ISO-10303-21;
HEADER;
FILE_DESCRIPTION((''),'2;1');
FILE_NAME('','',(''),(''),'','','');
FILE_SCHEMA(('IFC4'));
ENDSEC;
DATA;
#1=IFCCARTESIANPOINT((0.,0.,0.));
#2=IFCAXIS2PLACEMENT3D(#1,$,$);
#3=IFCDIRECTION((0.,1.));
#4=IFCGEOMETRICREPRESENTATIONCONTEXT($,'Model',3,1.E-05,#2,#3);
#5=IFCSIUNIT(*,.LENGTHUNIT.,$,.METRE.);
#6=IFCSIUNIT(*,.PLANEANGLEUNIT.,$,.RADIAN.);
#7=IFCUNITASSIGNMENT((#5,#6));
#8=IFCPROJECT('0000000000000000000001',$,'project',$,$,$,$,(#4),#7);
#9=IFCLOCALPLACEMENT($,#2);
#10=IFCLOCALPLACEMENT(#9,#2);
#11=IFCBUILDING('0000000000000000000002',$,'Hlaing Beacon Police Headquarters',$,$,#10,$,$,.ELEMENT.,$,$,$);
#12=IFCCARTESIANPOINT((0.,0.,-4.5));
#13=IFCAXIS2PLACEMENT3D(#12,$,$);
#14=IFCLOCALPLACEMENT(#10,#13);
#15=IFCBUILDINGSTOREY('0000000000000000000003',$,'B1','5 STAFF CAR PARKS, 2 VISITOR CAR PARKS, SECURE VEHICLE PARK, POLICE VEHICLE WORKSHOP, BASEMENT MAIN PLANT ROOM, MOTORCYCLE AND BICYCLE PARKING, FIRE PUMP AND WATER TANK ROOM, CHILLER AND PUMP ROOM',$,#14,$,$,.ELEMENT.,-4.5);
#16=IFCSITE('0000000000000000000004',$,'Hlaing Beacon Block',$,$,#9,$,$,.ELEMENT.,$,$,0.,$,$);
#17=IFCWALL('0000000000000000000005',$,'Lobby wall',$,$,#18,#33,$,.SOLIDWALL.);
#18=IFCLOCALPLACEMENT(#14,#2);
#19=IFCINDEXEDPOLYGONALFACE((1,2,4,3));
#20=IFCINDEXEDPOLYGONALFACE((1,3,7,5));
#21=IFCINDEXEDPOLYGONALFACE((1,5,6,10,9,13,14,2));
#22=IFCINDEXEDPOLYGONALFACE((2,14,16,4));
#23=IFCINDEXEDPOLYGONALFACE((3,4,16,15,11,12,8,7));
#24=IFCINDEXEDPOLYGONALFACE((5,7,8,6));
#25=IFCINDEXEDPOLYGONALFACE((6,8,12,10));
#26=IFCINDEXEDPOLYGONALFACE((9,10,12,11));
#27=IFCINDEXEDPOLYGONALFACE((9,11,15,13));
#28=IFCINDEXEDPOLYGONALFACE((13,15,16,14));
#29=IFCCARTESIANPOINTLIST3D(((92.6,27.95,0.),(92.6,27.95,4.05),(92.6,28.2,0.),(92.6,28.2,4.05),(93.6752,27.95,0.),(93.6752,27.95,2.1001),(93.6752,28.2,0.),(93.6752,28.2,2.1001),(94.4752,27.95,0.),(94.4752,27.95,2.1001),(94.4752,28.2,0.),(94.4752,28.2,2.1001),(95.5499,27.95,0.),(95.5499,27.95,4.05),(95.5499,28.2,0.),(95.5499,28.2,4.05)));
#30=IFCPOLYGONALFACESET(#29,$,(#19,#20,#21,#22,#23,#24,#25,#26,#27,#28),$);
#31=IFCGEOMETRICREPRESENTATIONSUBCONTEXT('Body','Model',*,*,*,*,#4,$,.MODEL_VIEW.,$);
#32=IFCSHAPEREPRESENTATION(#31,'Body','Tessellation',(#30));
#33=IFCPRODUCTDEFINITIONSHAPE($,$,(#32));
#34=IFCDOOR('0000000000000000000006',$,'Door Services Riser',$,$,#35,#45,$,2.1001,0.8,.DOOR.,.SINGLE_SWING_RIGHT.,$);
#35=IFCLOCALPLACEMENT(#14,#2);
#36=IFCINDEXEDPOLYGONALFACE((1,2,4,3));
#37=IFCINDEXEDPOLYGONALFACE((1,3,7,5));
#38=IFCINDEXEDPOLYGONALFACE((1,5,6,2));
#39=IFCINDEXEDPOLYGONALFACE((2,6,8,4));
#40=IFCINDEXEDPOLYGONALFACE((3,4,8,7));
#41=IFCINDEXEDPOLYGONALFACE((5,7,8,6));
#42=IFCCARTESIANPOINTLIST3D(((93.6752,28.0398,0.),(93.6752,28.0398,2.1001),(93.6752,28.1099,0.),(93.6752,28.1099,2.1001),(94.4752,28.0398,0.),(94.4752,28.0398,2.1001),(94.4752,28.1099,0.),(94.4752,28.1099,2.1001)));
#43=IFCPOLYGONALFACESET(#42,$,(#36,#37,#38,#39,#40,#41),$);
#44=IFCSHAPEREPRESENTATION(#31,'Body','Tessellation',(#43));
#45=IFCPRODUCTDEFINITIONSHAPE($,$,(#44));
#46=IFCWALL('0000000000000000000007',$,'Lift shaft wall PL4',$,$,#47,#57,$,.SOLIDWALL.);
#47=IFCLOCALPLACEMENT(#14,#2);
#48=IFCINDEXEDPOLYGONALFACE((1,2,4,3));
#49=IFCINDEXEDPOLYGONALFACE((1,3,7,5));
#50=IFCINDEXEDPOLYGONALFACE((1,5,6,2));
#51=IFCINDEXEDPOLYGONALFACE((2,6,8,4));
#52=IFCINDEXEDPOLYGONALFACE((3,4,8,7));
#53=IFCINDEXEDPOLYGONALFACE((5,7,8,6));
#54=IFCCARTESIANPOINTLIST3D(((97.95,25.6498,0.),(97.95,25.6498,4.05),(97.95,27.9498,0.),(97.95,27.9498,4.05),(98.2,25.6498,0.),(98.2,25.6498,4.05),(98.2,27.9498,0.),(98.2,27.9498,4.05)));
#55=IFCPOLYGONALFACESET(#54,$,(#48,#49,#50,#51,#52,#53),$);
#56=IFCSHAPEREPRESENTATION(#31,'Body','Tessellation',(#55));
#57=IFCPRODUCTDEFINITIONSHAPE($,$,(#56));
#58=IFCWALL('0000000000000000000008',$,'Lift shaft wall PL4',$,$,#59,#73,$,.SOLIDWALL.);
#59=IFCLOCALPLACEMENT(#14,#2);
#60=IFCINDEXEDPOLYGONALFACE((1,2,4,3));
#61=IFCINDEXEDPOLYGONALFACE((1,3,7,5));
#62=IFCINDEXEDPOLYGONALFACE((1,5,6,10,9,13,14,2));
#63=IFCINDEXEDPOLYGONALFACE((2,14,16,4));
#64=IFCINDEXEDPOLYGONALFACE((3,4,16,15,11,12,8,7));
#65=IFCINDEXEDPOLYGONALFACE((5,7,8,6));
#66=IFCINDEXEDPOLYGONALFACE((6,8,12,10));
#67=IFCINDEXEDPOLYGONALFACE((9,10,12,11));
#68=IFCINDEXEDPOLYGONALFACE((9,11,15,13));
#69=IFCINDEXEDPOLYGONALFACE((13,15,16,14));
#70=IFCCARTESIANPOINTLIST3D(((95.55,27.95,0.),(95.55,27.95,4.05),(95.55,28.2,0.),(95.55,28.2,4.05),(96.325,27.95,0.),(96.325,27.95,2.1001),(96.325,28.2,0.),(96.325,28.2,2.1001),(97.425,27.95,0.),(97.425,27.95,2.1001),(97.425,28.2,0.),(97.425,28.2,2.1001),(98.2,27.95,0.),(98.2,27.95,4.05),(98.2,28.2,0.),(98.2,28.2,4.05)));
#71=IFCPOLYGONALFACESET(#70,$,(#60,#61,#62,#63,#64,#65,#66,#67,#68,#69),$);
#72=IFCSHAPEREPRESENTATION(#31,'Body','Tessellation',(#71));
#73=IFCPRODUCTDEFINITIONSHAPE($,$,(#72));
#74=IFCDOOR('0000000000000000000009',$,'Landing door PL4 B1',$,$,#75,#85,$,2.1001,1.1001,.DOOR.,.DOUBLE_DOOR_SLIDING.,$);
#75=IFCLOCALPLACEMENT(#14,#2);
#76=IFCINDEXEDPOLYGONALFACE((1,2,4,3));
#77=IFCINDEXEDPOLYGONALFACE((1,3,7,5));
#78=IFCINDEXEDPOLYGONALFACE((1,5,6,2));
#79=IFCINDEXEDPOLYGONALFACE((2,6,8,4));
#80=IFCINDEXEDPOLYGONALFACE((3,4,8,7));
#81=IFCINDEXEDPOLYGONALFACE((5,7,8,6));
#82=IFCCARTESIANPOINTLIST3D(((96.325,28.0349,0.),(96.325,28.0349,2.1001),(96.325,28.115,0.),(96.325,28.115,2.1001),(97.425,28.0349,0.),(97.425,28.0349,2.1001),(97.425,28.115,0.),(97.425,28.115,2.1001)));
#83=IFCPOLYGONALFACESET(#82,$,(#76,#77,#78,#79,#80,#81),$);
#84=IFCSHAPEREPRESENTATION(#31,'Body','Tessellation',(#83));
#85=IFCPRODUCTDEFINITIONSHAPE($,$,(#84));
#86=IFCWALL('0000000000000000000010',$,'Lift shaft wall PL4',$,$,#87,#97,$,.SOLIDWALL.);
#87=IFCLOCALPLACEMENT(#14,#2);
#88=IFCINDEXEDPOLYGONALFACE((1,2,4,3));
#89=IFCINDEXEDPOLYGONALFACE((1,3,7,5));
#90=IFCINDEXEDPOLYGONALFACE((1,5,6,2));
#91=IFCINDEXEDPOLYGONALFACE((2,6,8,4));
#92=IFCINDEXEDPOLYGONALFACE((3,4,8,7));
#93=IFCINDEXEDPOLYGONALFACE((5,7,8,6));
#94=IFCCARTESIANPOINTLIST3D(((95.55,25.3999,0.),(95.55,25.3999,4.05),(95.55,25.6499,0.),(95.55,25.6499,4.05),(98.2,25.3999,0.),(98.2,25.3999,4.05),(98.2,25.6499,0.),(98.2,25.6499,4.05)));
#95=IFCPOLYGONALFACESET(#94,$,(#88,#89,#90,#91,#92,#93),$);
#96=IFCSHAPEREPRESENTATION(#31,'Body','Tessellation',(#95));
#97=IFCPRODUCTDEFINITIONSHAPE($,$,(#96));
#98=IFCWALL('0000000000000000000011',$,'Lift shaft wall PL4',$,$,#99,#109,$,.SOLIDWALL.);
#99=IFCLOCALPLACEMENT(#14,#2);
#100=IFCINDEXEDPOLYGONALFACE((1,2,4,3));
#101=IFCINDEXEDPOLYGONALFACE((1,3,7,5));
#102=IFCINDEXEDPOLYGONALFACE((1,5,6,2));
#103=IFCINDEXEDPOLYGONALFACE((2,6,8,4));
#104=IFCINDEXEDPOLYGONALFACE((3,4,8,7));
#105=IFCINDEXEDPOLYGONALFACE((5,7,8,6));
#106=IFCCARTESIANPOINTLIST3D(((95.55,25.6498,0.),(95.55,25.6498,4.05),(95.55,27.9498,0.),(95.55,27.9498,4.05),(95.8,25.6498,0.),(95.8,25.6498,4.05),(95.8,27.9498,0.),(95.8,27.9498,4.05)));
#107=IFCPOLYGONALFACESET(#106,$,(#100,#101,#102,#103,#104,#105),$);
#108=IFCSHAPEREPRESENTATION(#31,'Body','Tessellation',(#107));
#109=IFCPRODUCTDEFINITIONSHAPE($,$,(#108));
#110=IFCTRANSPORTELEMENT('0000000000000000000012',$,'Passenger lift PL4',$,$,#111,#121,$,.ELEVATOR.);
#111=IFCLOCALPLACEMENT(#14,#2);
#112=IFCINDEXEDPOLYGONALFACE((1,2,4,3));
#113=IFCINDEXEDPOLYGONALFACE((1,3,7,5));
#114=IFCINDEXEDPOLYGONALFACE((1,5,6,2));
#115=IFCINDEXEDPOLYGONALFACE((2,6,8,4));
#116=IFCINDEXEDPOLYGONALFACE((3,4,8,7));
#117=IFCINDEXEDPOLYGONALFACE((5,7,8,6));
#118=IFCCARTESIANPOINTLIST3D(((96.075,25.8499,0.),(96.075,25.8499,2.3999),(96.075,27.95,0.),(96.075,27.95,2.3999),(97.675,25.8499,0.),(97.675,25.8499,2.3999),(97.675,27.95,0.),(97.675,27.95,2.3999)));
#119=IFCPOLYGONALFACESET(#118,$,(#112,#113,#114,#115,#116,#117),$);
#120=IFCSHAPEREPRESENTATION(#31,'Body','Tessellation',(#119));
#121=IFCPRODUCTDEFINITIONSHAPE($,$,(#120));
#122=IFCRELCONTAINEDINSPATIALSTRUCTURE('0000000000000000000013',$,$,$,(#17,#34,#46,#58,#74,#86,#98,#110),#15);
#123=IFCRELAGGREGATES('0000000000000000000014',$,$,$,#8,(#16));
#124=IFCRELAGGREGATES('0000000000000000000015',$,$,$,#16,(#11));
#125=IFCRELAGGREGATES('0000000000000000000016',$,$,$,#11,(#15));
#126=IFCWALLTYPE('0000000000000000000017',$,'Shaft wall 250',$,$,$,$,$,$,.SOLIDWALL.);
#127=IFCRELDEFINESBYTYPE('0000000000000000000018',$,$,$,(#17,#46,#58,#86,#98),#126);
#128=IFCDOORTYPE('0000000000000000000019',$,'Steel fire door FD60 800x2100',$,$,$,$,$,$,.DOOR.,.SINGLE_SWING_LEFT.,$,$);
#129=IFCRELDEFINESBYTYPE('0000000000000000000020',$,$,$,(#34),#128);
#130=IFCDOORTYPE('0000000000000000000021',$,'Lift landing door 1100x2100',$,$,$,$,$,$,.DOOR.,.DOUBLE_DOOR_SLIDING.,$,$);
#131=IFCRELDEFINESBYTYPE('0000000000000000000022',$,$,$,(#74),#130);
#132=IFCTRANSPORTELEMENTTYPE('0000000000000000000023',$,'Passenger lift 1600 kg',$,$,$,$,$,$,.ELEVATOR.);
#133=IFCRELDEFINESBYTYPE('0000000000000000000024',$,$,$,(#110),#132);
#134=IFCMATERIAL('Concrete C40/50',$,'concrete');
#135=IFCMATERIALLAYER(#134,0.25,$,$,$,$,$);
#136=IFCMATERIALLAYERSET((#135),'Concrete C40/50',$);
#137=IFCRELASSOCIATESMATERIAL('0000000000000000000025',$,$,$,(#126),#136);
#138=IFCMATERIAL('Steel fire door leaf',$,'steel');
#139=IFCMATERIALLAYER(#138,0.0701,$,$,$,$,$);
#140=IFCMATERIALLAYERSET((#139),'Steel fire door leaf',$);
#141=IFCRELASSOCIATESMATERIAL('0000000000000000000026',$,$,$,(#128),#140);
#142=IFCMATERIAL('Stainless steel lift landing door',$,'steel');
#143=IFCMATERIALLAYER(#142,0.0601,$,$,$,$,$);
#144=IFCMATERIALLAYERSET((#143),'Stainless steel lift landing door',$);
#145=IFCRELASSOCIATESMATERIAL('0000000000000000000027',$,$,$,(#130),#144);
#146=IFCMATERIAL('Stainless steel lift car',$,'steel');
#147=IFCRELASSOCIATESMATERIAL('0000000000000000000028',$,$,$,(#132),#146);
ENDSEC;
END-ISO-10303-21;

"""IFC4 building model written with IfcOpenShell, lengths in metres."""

from ifc_helpers import new_model, si_unit, direction, frame, frame_2d, origin, origin_2d, place, context, subcontext, project, spatial, rectangle, extrude, material, layer, layer_set, type_object, element, fill, save


model = new_model("IFC4")

# Units and contexts
model_context = context("Model", 3, precision=1e-05, world=origin(), true_north=direction((0.0, 1.0)))
body_context = subcontext(model_context, "Body", "Model", "MODEL_VIEW")
ifc_project = project(units=[si_unit("LENGTHUNIT", "METRE"), si_unit("PLANEANGLEUNIT", "RADIAN")], contexts=[model_context])

# Site, building, storey
site_placement = place(None, origin())
site = spatial("IfcSite", under=ifc_project, at=site_placement, Name="Hlaing Beacon Block", CompositionType="ELEMENT", RefElevation=0.0)
building_placement = place(site_placement, origin())
building = spatial("IfcBuilding", under=site, at=building_placement, Name="Hlaing Beacon Police Headquarters", CompositionType="ELEMENT")
storey_placement = place(building_placement, frame((0.0, 0.0, -4.5)))
storey = spatial("IfcBuildingStorey", under=building, at=storey_placement, Name="B1", Description="5 STAFF CAR PARKS, 2 VISITOR CAR PARKS, SECURE VEHICLE PARK, POLICE VEHICLE WORKSHOP, BASEMENT MAIN PLANT ROOM, MOTORCYCLE AND BICYCLE PARKING, FIRE PUMP AND WATER TANK ROOM, CHILLER AND PUMP ROOM", CompositionType="ELEMENT", Elevation=-4.5)

# Wall, opening, door
ifc_material_1 = material(Name="Concrete C40/50", Category="concrete")
ifc_layer_1 = layer(ifc_material_1, 0.25)
ifc_layer_set_1 = layer_set([ifc_layer_1], Name="Concrete C40/50")
wall_type_1 = type_object("IfcWallType", Name="Shaft wall 250", PredefinedType="SOLIDWALL", material=ifc_layer_set_1)
wall_1_placement = place(storey_placement, frame((95.55, 28.075, 0.0), z_axis=(0.0, 0.0, 1.0), x_axis=(-1.0, 0.0, 0.0)))
wall_1 = element("IfcWall", 1, at=wall_1_placement, inside=storey, type_object=wall_type_1, Name="Lobby wall", PredefinedType="SOLIDWALL", context=body_context, shape_type="SweptSolid", body=[
    extrude(rectangle(XDim=2.95, YDim=0.25, at=frame_2d((1.4751, 0.0))), origin(), (0.0, 0.0, 1.0), 4.05),
])
opening_1_placement = place(wall_1_placement, frame((1.075, 0.0, 0.0)))
opening_1 = element("IfcOpeningElement", 2, at=opening_1_placement, cuts=wall_1, PredefinedType="OPENING", context=body_context, shape_type="SweptSolid", body=[
    extrude(rectangle(XDim=0.8, YDim=2.1001, at=frame_2d((0.3999, 1.05))), frame((0.0, 0.135, 0.0), z_axis=(0.0, -1.0, 0.0), x_axis=(1.0, 0.0, 0.0)), (0.0, 0.0, 1.0), 0.27),
])
ifc_material_2 = material(Name="Steel fire door leaf", Category="steel")
ifc_layer_2 = layer(ifc_material_2, 0.0701)
ifc_layer_set_2 = layer_set([ifc_layer_2], Name="Steel fire door leaf")
door_type_1 = type_object("IfcDoorType", Name="Steel fire door FD60 800x2100", OperationType="SINGLE_SWING_LEFT", PredefinedType="DOOR", material=ifc_layer_set_2)
door_1_placement = place(opening_1_placement, origin())
door_1 = element("IfcDoor", 3, at=door_1_placement, inside=storey, type_object=door_type_1, Name="Door Services Riser", OperationType="SINGLE_SWING_RIGHT", OverallHeight=2.1001, OverallWidth=0.8, PredefinedType="DOOR", context=body_context, shape_type="SweptSolid", body=[
    extrude(rectangle(XDim=0.8, YDim=2.1001, at=frame_2d((0.3999, 1.05))), frame((0.0, 0.0352, 0.0), z_axis=(0.0, -1.0, 0.0), x_axis=(1.0, 0.0, 0.0)), (0.0, 0.0, 1.0), 0.0701),
])
fill(opening_1, door_1)

# Wall
wall_2_placement = place(storey_placement, frame((98.075, 25.6499, 0.0), z_axis=(0.0, 0.0, 1.0), x_axis=(0.0, 1.0, 0.0)))
element("IfcWall", 4, at=wall_2_placement, inside=storey, type_object=wall_type_1, Name="Lift shaft wall PL4", PredefinedType="SOLIDWALL", context=body_context, shape_type="SweptSolid", body=[
    extrude(rectangle(XDim=2.3, YDim=0.25, at=frame_2d((1.1499, 0.0))), origin(), (0.0, 0.0, 1.0), 4.05),
])

# Wall, opening, door
wall_3_placement = place(storey_placement, frame((95.55, 28.075, 0.0), z_axis=(0.0, 0.0, 1.0), x_axis=(1.0, 0.0, 0.0)))
wall_3 = element("IfcWall", 5, at=wall_3_placement, inside=storey, type_object=wall_type_1, Name="Lift shaft wall PL4", PredefinedType="SOLIDWALL", context=body_context, shape_type="SweptSolid", body=[
    extrude(rectangle(XDim=2.6499, YDim=0.25, at=frame_2d((1.325, 0.0))), origin(), (0.0, 0.0, 1.0), 4.05),
])
opening_2_placement = place(wall_3_placement, frame((0.7749, 0.0, 0.0)))
opening_2 = element("IfcOpeningElement", 6, at=opening_2_placement, cuts=wall_3, PredefinedType="OPENING", context=body_context, shape_type="SweptSolid", body=[
    extrude(rectangle(XDim=1.1001, YDim=2.1001, at=frame_2d((0.55, 1.05))), frame((0.0, 0.135, 0.0), z_axis=(0.0, -1.0, 0.0), x_axis=(1.0, 0.0, 0.0)), (0.0, 0.0, 1.0), 0.27),
])
ifc_material_3 = material(Name="Stainless steel lift landing door", Category="steel")
ifc_layer_3 = layer(ifc_material_3, 0.0601)
ifc_layer_set_3 = layer_set([ifc_layer_3], Name="Stainless steel lift landing door")
door_type_2 = type_object("IfcDoorType", Name="Lift landing door 1100x2100", OperationType="DOUBLE_DOOR_SLIDING", PredefinedType="DOOR", material=ifc_layer_set_3)
door_2_placement = place(opening_2_placement, origin())
door_2 = element("IfcDoor", 7, at=door_2_placement, inside=storey, type_object=door_type_2, Name="Landing door PL4 B1", OperationType="DOUBLE_DOOR_SLIDING", OverallHeight=2.1001, OverallWidth=1.1001, PredefinedType="DOOR", context=body_context, shape_type="SweptSolid", body=[
    extrude(rectangle(XDim=1.1001, YDim=2.1001, at=frame_2d((0.55, 1.05))), frame((0.0, 0.04, 0.0), z_axis=(0.0, -1.0, 0.0), x_axis=(1.0, 0.0, 0.0)), (0.0, 0.0, 1.0), 0.0801),
])
fill(opening_2, door_2)

# Walls
wall_4_placement = place(storey_placement, frame((95.55, 25.5249, 0.0), z_axis=(0.0, 0.0, 1.0), x_axis=(1.0, 0.0, 0.0)))
element("IfcWall", 8, at=wall_4_placement, inside=storey, type_object=wall_type_1, Name="Lift shaft wall PL4", PredefinedType="SOLIDWALL", context=body_context, shape_type="SweptSolid", body=[
    extrude(rectangle(XDim=2.6499, YDim=0.25, at=frame_2d((1.325, 0.0))), origin(), (0.0, 0.0, 1.0), 4.05),
])
wall_5_placement = place(storey_placement, frame((95.675, 25.6499, 0.0), z_axis=(0.0, 0.0, 1.0), x_axis=(0.0, 1.0, 0.0)))
element("IfcWall", 9, at=wall_5_placement, inside=storey, type_object=wall_type_1, Name="Lift shaft wall PL4", PredefinedType="SOLIDWALL", context=body_context, shape_type="SweptSolid", body=[
    extrude(rectangle(XDim=2.3, YDim=0.25, at=frame_2d((1.1499, 0.0))), origin(), (0.0, 0.0, 1.0), 4.05),
])

# Transport element
ifc_material_4 = material(Name="Stainless steel lift car", Category="steel")
transport_element_type = type_object("IfcTransportElementType", Name="Passenger lift 1600 kg", PredefinedType="ELEVATOR", material=ifc_material_4)
transport_element_placement = place(storey_placement, frame((96.875, 26.8999, 0.0), z_axis=(0.0, 0.0, 1.0), x_axis=(1.0, 0.0, 0.0)))
element("IfcTransportElement", 10, at=transport_element_placement, inside=storey, type_object=transport_element_type, Name="Passenger lift PL4", PredefinedType="ELEVATOR", context=body_context, shape_type="SweptSolid", body=[
    extrude(rectangle(XDim=1.6001, YDim=2.1001, at=origin_2d()), origin(), (0.0, 0.0, 1.0), 2.3999),
])

save(model, "model.ifc")
